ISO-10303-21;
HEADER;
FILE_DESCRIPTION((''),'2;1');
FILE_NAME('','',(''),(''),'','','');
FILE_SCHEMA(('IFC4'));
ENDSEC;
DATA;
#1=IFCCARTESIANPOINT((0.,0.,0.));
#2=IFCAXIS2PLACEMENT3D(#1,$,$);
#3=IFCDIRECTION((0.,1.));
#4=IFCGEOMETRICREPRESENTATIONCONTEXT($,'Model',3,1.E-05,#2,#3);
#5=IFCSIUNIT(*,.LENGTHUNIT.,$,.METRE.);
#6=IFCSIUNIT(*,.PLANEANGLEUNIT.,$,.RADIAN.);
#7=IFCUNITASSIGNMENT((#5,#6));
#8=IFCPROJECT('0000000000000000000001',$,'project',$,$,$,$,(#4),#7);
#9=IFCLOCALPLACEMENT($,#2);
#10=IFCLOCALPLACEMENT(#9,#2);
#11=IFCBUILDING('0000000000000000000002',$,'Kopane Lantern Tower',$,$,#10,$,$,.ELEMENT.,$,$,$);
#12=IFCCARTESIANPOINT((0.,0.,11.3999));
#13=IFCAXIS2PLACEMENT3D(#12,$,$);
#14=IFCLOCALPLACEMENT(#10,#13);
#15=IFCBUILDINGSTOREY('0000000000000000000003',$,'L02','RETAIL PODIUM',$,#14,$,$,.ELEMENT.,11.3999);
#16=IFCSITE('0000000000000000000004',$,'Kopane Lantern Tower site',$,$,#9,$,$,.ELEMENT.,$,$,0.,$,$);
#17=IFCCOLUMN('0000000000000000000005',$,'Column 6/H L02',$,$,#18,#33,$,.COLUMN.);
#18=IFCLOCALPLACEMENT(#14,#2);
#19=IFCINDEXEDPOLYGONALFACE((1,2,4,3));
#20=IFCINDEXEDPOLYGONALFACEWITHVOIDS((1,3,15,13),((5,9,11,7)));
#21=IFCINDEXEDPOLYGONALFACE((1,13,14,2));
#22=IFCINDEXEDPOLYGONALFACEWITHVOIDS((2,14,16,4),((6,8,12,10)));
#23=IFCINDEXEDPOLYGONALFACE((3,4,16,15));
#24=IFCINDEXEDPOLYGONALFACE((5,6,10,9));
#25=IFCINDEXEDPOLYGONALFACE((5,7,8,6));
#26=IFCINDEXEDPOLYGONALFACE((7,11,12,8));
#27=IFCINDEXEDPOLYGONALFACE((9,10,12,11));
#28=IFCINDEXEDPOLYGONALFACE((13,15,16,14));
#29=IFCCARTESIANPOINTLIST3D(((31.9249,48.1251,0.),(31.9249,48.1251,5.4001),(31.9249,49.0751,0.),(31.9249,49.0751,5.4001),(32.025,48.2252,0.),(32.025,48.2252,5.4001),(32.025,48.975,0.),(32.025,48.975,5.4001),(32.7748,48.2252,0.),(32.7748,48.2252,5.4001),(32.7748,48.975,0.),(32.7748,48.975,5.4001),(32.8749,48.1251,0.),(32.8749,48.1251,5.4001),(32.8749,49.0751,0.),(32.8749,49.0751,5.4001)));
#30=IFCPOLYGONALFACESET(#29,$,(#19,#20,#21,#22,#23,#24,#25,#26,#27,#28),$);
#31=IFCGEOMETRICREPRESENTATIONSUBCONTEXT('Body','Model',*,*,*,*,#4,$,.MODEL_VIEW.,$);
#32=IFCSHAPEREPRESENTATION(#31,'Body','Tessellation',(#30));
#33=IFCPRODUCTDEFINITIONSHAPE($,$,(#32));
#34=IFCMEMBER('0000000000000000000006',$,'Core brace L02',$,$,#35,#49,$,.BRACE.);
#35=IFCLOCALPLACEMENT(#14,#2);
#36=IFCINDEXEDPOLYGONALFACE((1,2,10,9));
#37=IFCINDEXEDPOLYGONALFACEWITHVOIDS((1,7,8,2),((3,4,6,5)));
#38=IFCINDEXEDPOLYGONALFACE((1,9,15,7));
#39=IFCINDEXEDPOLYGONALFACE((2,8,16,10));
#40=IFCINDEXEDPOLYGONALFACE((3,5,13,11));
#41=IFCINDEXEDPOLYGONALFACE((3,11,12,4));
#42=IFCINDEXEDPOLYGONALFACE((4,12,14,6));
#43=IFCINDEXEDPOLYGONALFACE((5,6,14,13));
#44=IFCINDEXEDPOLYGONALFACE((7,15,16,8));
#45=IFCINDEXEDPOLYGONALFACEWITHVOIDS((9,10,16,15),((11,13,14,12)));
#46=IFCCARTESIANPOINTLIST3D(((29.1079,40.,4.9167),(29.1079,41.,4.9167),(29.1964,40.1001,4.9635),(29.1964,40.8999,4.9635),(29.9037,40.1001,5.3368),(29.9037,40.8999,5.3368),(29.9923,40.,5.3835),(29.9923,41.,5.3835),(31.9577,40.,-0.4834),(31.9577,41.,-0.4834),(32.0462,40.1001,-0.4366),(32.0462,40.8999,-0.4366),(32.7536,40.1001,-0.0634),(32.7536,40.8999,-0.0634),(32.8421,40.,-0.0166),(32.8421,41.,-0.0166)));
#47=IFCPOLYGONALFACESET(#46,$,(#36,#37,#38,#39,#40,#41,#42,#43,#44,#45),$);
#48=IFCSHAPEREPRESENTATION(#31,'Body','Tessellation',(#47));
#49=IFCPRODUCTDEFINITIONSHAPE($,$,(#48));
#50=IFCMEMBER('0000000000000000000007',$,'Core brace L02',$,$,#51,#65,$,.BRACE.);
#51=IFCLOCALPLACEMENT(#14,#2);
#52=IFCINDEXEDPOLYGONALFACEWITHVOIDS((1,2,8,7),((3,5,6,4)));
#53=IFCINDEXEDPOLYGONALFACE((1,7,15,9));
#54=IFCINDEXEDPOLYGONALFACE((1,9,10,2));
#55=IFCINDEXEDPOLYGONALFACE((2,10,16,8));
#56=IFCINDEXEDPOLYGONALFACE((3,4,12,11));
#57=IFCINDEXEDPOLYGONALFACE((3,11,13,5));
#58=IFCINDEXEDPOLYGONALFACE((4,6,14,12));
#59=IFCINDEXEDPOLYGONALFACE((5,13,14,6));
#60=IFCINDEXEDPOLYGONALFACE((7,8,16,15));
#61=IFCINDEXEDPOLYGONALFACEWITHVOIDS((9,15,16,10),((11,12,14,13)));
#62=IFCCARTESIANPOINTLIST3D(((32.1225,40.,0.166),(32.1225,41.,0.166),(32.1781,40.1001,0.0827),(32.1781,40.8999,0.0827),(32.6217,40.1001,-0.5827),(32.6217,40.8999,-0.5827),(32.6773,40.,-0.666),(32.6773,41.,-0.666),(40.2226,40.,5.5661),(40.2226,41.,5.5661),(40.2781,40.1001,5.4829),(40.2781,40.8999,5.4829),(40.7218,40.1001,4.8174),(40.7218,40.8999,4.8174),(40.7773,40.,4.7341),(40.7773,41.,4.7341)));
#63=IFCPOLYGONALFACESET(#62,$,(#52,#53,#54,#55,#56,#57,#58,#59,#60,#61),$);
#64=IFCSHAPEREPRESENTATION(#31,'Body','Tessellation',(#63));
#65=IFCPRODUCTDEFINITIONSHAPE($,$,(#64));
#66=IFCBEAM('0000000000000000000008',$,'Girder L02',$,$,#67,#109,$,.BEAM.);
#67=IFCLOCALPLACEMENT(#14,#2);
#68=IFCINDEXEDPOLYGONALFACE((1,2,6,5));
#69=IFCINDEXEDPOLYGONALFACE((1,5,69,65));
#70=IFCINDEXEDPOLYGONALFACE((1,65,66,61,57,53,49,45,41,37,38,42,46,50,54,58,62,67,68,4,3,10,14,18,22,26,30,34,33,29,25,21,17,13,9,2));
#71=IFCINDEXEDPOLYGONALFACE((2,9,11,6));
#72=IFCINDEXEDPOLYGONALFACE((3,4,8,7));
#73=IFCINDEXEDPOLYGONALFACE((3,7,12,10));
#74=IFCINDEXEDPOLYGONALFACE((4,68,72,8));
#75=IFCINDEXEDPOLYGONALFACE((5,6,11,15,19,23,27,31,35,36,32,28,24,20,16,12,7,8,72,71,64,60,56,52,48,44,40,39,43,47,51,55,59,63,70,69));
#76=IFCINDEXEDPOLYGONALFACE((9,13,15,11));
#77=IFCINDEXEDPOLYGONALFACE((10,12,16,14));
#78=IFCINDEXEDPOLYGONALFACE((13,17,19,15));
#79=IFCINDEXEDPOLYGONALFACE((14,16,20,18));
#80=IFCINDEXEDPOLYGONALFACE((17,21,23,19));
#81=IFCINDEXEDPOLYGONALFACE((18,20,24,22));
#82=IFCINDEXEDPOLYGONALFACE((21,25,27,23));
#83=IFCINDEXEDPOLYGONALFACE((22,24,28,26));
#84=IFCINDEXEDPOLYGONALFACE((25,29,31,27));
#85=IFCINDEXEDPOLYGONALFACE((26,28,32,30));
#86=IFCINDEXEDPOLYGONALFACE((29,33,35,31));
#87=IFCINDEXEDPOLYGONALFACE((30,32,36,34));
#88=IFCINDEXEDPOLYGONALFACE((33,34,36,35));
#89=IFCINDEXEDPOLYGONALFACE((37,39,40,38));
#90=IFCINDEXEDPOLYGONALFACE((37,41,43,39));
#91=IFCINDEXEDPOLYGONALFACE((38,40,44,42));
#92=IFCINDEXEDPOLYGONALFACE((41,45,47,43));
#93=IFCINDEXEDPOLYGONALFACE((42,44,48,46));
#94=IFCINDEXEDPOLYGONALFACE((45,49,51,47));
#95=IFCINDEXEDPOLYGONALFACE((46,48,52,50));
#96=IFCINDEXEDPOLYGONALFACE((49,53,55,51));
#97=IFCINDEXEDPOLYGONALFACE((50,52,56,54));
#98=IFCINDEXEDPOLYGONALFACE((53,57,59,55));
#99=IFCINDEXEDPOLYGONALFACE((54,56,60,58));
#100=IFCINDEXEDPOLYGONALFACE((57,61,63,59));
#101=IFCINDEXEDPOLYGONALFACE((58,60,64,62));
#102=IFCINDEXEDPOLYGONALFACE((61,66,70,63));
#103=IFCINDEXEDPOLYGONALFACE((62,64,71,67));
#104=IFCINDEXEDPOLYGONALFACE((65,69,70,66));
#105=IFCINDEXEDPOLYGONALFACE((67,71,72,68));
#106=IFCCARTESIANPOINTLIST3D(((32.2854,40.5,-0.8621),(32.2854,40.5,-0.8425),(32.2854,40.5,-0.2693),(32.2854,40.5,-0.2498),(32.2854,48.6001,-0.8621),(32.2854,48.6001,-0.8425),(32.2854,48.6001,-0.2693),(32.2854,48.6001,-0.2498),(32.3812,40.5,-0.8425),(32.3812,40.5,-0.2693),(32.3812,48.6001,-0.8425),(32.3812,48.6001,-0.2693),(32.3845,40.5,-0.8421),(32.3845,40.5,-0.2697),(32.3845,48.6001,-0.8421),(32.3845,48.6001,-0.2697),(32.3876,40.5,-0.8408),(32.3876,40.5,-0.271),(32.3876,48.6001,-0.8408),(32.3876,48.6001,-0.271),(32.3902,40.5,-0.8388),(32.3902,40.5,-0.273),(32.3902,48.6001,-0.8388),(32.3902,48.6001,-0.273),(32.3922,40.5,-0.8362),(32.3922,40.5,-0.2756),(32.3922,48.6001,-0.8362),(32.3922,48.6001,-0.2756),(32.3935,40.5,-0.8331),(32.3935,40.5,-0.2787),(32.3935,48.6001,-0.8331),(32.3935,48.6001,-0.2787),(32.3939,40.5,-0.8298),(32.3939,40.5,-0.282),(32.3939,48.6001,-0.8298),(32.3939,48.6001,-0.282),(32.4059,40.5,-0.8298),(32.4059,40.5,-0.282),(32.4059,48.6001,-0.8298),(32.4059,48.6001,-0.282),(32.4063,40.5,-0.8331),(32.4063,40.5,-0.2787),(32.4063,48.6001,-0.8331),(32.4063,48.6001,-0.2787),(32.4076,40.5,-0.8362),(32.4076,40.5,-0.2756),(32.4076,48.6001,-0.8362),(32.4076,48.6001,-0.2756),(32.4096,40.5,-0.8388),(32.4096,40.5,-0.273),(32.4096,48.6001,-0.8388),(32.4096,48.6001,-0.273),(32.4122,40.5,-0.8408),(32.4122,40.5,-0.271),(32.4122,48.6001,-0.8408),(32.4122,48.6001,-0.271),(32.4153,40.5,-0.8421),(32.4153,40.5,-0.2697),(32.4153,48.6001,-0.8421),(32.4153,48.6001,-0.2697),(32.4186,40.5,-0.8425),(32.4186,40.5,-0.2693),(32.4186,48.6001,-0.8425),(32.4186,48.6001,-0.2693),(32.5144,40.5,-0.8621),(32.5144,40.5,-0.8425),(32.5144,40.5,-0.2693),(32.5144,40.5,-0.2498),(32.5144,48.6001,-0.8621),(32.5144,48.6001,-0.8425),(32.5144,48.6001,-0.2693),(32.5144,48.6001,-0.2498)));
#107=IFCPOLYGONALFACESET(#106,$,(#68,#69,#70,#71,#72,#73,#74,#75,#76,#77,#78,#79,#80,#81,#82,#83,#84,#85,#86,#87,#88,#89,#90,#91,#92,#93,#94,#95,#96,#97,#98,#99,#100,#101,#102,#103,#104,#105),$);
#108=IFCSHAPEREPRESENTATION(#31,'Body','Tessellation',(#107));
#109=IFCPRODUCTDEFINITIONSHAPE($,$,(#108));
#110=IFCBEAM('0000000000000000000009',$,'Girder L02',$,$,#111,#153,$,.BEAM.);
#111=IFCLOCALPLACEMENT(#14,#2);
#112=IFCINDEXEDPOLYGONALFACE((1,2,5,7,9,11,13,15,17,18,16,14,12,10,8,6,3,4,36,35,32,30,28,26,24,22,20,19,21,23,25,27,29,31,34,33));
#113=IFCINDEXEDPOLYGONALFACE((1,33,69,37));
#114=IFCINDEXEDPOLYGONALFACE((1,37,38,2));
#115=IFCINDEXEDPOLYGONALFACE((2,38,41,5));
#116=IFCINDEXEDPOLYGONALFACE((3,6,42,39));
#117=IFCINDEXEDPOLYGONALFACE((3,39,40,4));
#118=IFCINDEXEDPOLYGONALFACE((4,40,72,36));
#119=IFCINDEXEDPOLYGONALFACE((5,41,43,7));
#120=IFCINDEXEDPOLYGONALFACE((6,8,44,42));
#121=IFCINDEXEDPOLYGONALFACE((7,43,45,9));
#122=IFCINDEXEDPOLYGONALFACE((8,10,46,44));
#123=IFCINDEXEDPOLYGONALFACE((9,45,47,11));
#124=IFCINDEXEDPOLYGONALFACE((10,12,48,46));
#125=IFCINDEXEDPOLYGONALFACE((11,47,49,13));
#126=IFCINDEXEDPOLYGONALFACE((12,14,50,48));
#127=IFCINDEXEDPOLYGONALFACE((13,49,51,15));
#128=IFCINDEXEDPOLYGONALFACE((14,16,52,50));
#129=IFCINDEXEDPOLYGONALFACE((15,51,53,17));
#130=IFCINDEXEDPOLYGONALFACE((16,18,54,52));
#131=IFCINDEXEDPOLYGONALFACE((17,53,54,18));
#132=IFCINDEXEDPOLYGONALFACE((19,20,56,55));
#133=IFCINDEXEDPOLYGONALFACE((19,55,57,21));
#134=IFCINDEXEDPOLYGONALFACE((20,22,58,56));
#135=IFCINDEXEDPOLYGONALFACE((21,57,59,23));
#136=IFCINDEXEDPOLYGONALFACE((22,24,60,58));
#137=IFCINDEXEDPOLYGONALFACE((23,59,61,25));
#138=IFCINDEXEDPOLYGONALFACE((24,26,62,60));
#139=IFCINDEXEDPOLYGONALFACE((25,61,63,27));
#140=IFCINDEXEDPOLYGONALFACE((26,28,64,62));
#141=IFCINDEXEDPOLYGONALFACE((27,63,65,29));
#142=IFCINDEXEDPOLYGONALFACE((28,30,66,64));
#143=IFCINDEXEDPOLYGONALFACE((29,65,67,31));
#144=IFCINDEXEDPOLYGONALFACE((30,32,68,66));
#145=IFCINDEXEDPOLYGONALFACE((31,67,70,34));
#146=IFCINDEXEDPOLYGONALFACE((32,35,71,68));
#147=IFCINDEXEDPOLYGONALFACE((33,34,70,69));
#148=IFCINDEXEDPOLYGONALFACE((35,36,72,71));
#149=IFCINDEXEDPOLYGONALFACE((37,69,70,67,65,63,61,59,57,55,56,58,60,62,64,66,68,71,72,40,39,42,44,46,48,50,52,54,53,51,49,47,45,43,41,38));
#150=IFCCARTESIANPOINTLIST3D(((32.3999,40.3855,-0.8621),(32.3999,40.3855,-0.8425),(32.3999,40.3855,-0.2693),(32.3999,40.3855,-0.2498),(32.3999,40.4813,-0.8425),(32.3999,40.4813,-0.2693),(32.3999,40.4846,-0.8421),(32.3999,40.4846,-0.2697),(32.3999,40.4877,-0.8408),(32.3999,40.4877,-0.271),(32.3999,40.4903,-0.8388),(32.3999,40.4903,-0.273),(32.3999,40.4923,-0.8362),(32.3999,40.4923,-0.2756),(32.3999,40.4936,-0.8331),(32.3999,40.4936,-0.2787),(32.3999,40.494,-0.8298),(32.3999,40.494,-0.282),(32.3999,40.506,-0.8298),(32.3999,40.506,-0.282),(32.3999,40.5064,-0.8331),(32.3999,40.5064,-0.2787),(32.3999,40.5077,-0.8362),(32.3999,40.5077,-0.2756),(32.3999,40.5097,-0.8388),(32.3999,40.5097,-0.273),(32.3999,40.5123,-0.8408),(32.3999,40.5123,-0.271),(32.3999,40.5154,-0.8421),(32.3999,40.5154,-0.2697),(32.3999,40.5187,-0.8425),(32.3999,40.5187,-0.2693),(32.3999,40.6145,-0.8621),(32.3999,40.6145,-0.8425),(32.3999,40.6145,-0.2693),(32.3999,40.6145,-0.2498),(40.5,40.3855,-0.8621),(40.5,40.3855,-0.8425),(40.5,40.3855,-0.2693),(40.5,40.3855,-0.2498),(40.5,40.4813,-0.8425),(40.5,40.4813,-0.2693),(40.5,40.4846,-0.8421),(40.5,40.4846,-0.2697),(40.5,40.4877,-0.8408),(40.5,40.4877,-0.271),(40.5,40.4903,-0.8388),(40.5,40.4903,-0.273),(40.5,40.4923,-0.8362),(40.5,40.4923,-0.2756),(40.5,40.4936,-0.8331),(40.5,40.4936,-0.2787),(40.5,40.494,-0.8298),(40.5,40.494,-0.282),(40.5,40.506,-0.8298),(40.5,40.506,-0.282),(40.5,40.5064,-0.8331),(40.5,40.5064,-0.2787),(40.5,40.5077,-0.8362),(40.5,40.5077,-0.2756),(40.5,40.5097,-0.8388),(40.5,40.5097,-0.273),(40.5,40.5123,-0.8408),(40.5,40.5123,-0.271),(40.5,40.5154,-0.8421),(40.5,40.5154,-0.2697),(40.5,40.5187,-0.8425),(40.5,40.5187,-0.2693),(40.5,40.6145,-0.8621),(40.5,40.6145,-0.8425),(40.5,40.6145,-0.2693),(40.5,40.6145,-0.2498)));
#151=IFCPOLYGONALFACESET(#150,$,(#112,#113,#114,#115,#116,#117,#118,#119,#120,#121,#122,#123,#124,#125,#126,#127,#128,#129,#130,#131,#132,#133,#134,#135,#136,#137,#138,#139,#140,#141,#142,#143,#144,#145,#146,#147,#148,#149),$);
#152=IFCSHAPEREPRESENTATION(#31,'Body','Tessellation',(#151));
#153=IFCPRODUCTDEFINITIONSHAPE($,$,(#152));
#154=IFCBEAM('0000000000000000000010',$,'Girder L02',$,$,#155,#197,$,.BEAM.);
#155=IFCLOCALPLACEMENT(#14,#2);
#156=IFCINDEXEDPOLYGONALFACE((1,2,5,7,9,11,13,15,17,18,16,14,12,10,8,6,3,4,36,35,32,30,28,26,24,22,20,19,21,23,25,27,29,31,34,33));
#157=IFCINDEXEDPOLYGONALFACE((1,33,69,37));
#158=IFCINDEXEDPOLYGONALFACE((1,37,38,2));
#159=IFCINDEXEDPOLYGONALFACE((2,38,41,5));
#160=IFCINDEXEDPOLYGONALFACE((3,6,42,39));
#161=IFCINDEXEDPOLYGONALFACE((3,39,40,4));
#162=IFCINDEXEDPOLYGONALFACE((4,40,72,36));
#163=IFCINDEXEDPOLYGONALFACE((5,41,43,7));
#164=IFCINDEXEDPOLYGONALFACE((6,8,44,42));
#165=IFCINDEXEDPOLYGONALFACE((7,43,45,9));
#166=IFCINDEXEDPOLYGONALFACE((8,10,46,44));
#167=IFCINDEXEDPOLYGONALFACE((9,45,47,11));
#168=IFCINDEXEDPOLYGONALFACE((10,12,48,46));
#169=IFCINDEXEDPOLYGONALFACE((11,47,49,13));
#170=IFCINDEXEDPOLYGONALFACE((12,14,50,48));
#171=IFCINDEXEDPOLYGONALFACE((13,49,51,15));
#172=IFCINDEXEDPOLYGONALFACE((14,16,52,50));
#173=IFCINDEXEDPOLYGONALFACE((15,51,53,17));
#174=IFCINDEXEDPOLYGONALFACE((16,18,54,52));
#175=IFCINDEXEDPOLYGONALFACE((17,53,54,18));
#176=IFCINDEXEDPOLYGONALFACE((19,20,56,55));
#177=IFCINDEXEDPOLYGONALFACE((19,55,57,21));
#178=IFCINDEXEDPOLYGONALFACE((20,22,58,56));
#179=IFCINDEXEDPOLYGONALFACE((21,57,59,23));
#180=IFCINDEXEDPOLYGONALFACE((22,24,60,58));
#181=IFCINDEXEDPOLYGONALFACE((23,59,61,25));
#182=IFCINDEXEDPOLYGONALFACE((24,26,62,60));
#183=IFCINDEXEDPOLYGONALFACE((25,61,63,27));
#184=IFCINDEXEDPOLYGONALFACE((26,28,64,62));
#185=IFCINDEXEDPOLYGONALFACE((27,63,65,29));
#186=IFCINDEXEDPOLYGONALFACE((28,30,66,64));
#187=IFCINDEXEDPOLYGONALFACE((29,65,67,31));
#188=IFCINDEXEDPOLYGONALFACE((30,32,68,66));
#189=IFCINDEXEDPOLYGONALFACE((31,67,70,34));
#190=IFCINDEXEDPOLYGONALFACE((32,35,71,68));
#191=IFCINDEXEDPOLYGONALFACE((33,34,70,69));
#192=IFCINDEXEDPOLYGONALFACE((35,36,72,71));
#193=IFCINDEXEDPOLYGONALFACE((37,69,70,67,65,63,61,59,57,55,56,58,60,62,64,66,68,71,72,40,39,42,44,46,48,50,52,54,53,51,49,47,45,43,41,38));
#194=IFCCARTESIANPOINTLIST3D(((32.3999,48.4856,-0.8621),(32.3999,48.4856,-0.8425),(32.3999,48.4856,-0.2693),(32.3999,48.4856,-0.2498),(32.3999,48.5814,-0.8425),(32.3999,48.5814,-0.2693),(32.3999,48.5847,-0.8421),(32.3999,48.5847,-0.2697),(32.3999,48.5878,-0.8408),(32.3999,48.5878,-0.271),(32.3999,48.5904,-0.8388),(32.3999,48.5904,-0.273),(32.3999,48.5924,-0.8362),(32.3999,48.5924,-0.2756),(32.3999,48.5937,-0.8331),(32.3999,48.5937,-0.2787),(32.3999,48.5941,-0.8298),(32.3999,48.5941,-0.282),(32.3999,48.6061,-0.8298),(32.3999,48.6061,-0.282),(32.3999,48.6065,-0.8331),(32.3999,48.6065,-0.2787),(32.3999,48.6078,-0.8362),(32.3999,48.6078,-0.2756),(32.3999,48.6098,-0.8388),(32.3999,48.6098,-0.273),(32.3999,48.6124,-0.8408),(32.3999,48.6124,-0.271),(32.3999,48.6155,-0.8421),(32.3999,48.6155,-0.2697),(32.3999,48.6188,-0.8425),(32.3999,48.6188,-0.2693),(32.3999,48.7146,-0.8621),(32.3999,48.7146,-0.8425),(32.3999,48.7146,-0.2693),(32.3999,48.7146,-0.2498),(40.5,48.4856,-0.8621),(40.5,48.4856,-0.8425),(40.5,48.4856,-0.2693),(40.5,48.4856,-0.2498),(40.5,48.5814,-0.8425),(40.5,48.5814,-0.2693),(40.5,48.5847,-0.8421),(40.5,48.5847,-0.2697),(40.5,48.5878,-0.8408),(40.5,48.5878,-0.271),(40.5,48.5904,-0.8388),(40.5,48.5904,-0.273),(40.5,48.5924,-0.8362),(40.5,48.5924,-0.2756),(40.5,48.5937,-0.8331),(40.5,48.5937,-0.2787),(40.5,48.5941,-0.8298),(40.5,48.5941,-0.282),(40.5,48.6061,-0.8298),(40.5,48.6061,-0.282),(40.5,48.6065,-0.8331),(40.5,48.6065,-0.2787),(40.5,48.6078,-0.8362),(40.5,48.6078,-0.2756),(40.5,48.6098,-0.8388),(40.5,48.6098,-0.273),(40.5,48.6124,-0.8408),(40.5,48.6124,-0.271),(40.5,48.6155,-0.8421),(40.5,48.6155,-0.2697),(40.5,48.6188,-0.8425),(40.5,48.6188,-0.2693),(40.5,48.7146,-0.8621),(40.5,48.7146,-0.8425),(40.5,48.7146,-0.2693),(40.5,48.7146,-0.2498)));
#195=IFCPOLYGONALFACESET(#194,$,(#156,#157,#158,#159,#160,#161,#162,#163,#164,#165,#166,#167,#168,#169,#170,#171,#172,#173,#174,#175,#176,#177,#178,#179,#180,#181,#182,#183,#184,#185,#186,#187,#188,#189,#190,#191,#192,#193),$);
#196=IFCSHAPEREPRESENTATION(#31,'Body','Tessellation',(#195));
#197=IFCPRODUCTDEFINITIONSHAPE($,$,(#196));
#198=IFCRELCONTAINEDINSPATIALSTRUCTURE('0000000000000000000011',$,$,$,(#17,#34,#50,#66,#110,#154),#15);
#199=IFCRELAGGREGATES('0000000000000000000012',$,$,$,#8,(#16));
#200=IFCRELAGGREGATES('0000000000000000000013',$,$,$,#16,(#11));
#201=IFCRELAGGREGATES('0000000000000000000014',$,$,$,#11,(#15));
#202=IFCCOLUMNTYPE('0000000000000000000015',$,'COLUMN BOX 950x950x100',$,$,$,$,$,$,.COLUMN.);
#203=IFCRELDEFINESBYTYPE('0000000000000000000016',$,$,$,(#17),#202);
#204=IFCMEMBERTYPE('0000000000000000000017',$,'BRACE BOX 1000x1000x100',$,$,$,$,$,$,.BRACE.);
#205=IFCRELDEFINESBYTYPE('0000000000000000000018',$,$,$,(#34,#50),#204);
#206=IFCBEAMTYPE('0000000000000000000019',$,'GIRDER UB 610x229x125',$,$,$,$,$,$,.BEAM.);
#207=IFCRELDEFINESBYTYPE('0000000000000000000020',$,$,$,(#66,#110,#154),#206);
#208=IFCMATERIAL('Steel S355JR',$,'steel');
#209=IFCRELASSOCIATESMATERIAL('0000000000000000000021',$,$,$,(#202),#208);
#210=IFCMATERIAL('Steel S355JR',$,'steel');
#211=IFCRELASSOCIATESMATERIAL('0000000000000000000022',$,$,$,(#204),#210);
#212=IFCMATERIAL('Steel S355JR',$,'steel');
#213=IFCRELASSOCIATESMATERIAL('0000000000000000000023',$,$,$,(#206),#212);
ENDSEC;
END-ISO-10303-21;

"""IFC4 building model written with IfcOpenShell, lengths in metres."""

from ifc_helpers import new_model, si_unit, direction, frame, origin, origin_2d, place, context, subcontext, project, spatial, hollow_rectangle, i_section, extrude, material, material_profile, profile_set, type_object, element, save


model = new_model("IFC4")

# Units and contexts
model_context = context("Model", 3, precision=1e-05, world=origin(), true_north=direction((0.0, 1.0)))
body_context = subcontext(model_context, "Body", "Model", "MODEL_VIEW")
ifc_project = project(units=[si_unit("LENGTHUNIT", "METRE"), si_unit("PLANEANGLEUNIT", "RADIAN")], contexts=[model_context])

# Site, building, storey
site_placement = place(None, origin())
site = spatial("IfcSite", under=ifc_project, at=site_placement, Name="Kopane Lantern Tower site", CompositionType="ELEMENT", RefElevation=0.0)
building_placement = place(site_placement, origin())
building = spatial("IfcBuilding", under=site, at=building_placement, Name="Kopane Lantern Tower", CompositionType="ELEMENT")
storey_placement = place(building_placement, frame((0.0, 0.0, 11.3999)))
storey = spatial("IfcBuildingStorey", under=building, at=storey_placement, Name="L02", Description="RETAIL PODIUM", CompositionType="ELEMENT", Elevation=11.3999)

# Column
ifc_material_1 = material(Name="Steel S355JR", Category="steel")
ifc_material_profile_1 = material_profile(ifc_material_1, hollow_rectangle(XDim=0.95, YDim=0.95, WallThickness=0.1001, at=origin_2d()), Name="BOX 950x950x100")
ifc_profile_set_1 = profile_set([ifc_material_profile_1], Name="Steel S355JR")
column_type = type_object("IfcColumnType", Name="COLUMN BOX 950x950x100", PredefinedType="COLUMN", material=ifc_profile_set_1)
column_placement = place(storey_placement, frame((32.3999, 48.6001, 0.0), z_axis=(0.0, 0.0, 1.0), x_axis=(1.0, 0.0, 0.0)))
element("IfcColumn", 1, at=column_placement, inside=storey, type_object=column_type, Name="Column 6/H L02", PredefinedType="COLUMN", context=body_context, shape_type="SweptSolid", body=[
    extrude(hollow_rectangle(XDim=0.95, YDim=0.95, WallThickness=0.1001, at=origin_2d()), origin(), (0.0, 0.0, 1.0), 5.4001),
])

# Members
ifc_material_2 = material(Name="Steel S355JR", Category="steel")
ifc_material_profile_2 = material_profile(ifc_material_2, hollow_rectangle(XDim=1.0, YDim=1.0, WallThickness=0.1001, at=origin_2d()), Name="BOX 1000x1000x100")
ifc_profile_set_2 = profile_set([ifc_material_profile_2], Name="Steel S355JR")
member_type = type_object("IfcMemberType", Name="BRACE BOX 1000x1000x100", PredefinedType="BRACE", material=ifc_profile_set_2)
member_1_placement = place(storey_placement, frame((32.3999, 40.5, -0.25), z_axis=(-0.46673, 0.0, 0.8844), x_axis=(0.0, -1.0, 0.0)))
element("IfcMember", 2, at=member_1_placement, inside=storey, type_object=member_type, Name="Core brace L02", PredefinedType="BRACE", context=body_context, shape_type="SweptSolid", body=[
    extrude(hollow_rectangle(XDim=1.0, YDim=1.0, WallThickness=0.1001, at=origin_2d()), origin(), (0.0, 0.0, 1.0), 6.106),
])
member_2_placement = place(storey_placement, frame((32.3999, 40.5, -0.25), z_axis=(0.832046, 0.0, 0.554706), x_axis=(0.0, 1.0, 0.0)))
element("IfcMember", 3, at=member_2_placement, inside=storey, type_object=member_type, Name="Core brace L02", PredefinedType="BRACE", context=body_context, shape_type="SweptSolid", body=[
    extrude(hollow_rectangle(XDim=1.0, YDim=1.0, WallThickness=0.1001, at=origin_2d()), origin(), (0.0, 0.0, 1.0), 9.7351),
])

# Beams
ifc_material_3 = material(Name="Steel S355JR", Category="steel")
ifc_material_profile_3 = material_profile(ifc_material_3, i_section(OverallWidth=0.229, OverallDepth=0.6123, WebThickness=0.012, FlangeThickness=0.0195, FilletRadius=0.0127, at=origin_2d()), Name="UB 610x229x125")
ifc_profile_set_3 = profile_set([ifc_material_profile_3], Name="Steel S355JR")
beam_type_1 = type_object("IfcBeamType", Name="GIRDER UB 610x229x125", PredefinedType="BEAM", material=ifc_profile_set_3)
for number, where, z_axis, x_axis, name in (
    (4, (32.3999, 40.5, -0.5559), (0.0, 1.0, 0.0), (-1.0, 0.0, 0.0), "Girder L02"),
    (5, (32.3999, 40.5, -0.5559), (1.0, 0.0, 0.0), (0.0, 1.0, 0.0), "Girder L02"),
    (6, (32.3999, 48.6001, -0.5559), (1.0, 0.0, 0.0), (0.0, 1.0, 0.0), "Girder L02"),
):
    element("IfcBeam", number, at=place(storey_placement, frame(where, z_axis=z_axis, x_axis=x_axis)), inside=storey, type_object=beam_type_1, Name=name, PredefinedType="BEAM", context=body_context, shape_type="SweptSolid", body=[
        extrude(i_section(OverallWidth=0.229, OverallDepth=0.6123, WebThickness=0.012, FlangeThickness=0.0195, FilletRadius=0.0127, at=origin_2d()), origin(), (0.0, 0.0, 1.0), 8.1001),
    ])

save(model, "model.ifc")
